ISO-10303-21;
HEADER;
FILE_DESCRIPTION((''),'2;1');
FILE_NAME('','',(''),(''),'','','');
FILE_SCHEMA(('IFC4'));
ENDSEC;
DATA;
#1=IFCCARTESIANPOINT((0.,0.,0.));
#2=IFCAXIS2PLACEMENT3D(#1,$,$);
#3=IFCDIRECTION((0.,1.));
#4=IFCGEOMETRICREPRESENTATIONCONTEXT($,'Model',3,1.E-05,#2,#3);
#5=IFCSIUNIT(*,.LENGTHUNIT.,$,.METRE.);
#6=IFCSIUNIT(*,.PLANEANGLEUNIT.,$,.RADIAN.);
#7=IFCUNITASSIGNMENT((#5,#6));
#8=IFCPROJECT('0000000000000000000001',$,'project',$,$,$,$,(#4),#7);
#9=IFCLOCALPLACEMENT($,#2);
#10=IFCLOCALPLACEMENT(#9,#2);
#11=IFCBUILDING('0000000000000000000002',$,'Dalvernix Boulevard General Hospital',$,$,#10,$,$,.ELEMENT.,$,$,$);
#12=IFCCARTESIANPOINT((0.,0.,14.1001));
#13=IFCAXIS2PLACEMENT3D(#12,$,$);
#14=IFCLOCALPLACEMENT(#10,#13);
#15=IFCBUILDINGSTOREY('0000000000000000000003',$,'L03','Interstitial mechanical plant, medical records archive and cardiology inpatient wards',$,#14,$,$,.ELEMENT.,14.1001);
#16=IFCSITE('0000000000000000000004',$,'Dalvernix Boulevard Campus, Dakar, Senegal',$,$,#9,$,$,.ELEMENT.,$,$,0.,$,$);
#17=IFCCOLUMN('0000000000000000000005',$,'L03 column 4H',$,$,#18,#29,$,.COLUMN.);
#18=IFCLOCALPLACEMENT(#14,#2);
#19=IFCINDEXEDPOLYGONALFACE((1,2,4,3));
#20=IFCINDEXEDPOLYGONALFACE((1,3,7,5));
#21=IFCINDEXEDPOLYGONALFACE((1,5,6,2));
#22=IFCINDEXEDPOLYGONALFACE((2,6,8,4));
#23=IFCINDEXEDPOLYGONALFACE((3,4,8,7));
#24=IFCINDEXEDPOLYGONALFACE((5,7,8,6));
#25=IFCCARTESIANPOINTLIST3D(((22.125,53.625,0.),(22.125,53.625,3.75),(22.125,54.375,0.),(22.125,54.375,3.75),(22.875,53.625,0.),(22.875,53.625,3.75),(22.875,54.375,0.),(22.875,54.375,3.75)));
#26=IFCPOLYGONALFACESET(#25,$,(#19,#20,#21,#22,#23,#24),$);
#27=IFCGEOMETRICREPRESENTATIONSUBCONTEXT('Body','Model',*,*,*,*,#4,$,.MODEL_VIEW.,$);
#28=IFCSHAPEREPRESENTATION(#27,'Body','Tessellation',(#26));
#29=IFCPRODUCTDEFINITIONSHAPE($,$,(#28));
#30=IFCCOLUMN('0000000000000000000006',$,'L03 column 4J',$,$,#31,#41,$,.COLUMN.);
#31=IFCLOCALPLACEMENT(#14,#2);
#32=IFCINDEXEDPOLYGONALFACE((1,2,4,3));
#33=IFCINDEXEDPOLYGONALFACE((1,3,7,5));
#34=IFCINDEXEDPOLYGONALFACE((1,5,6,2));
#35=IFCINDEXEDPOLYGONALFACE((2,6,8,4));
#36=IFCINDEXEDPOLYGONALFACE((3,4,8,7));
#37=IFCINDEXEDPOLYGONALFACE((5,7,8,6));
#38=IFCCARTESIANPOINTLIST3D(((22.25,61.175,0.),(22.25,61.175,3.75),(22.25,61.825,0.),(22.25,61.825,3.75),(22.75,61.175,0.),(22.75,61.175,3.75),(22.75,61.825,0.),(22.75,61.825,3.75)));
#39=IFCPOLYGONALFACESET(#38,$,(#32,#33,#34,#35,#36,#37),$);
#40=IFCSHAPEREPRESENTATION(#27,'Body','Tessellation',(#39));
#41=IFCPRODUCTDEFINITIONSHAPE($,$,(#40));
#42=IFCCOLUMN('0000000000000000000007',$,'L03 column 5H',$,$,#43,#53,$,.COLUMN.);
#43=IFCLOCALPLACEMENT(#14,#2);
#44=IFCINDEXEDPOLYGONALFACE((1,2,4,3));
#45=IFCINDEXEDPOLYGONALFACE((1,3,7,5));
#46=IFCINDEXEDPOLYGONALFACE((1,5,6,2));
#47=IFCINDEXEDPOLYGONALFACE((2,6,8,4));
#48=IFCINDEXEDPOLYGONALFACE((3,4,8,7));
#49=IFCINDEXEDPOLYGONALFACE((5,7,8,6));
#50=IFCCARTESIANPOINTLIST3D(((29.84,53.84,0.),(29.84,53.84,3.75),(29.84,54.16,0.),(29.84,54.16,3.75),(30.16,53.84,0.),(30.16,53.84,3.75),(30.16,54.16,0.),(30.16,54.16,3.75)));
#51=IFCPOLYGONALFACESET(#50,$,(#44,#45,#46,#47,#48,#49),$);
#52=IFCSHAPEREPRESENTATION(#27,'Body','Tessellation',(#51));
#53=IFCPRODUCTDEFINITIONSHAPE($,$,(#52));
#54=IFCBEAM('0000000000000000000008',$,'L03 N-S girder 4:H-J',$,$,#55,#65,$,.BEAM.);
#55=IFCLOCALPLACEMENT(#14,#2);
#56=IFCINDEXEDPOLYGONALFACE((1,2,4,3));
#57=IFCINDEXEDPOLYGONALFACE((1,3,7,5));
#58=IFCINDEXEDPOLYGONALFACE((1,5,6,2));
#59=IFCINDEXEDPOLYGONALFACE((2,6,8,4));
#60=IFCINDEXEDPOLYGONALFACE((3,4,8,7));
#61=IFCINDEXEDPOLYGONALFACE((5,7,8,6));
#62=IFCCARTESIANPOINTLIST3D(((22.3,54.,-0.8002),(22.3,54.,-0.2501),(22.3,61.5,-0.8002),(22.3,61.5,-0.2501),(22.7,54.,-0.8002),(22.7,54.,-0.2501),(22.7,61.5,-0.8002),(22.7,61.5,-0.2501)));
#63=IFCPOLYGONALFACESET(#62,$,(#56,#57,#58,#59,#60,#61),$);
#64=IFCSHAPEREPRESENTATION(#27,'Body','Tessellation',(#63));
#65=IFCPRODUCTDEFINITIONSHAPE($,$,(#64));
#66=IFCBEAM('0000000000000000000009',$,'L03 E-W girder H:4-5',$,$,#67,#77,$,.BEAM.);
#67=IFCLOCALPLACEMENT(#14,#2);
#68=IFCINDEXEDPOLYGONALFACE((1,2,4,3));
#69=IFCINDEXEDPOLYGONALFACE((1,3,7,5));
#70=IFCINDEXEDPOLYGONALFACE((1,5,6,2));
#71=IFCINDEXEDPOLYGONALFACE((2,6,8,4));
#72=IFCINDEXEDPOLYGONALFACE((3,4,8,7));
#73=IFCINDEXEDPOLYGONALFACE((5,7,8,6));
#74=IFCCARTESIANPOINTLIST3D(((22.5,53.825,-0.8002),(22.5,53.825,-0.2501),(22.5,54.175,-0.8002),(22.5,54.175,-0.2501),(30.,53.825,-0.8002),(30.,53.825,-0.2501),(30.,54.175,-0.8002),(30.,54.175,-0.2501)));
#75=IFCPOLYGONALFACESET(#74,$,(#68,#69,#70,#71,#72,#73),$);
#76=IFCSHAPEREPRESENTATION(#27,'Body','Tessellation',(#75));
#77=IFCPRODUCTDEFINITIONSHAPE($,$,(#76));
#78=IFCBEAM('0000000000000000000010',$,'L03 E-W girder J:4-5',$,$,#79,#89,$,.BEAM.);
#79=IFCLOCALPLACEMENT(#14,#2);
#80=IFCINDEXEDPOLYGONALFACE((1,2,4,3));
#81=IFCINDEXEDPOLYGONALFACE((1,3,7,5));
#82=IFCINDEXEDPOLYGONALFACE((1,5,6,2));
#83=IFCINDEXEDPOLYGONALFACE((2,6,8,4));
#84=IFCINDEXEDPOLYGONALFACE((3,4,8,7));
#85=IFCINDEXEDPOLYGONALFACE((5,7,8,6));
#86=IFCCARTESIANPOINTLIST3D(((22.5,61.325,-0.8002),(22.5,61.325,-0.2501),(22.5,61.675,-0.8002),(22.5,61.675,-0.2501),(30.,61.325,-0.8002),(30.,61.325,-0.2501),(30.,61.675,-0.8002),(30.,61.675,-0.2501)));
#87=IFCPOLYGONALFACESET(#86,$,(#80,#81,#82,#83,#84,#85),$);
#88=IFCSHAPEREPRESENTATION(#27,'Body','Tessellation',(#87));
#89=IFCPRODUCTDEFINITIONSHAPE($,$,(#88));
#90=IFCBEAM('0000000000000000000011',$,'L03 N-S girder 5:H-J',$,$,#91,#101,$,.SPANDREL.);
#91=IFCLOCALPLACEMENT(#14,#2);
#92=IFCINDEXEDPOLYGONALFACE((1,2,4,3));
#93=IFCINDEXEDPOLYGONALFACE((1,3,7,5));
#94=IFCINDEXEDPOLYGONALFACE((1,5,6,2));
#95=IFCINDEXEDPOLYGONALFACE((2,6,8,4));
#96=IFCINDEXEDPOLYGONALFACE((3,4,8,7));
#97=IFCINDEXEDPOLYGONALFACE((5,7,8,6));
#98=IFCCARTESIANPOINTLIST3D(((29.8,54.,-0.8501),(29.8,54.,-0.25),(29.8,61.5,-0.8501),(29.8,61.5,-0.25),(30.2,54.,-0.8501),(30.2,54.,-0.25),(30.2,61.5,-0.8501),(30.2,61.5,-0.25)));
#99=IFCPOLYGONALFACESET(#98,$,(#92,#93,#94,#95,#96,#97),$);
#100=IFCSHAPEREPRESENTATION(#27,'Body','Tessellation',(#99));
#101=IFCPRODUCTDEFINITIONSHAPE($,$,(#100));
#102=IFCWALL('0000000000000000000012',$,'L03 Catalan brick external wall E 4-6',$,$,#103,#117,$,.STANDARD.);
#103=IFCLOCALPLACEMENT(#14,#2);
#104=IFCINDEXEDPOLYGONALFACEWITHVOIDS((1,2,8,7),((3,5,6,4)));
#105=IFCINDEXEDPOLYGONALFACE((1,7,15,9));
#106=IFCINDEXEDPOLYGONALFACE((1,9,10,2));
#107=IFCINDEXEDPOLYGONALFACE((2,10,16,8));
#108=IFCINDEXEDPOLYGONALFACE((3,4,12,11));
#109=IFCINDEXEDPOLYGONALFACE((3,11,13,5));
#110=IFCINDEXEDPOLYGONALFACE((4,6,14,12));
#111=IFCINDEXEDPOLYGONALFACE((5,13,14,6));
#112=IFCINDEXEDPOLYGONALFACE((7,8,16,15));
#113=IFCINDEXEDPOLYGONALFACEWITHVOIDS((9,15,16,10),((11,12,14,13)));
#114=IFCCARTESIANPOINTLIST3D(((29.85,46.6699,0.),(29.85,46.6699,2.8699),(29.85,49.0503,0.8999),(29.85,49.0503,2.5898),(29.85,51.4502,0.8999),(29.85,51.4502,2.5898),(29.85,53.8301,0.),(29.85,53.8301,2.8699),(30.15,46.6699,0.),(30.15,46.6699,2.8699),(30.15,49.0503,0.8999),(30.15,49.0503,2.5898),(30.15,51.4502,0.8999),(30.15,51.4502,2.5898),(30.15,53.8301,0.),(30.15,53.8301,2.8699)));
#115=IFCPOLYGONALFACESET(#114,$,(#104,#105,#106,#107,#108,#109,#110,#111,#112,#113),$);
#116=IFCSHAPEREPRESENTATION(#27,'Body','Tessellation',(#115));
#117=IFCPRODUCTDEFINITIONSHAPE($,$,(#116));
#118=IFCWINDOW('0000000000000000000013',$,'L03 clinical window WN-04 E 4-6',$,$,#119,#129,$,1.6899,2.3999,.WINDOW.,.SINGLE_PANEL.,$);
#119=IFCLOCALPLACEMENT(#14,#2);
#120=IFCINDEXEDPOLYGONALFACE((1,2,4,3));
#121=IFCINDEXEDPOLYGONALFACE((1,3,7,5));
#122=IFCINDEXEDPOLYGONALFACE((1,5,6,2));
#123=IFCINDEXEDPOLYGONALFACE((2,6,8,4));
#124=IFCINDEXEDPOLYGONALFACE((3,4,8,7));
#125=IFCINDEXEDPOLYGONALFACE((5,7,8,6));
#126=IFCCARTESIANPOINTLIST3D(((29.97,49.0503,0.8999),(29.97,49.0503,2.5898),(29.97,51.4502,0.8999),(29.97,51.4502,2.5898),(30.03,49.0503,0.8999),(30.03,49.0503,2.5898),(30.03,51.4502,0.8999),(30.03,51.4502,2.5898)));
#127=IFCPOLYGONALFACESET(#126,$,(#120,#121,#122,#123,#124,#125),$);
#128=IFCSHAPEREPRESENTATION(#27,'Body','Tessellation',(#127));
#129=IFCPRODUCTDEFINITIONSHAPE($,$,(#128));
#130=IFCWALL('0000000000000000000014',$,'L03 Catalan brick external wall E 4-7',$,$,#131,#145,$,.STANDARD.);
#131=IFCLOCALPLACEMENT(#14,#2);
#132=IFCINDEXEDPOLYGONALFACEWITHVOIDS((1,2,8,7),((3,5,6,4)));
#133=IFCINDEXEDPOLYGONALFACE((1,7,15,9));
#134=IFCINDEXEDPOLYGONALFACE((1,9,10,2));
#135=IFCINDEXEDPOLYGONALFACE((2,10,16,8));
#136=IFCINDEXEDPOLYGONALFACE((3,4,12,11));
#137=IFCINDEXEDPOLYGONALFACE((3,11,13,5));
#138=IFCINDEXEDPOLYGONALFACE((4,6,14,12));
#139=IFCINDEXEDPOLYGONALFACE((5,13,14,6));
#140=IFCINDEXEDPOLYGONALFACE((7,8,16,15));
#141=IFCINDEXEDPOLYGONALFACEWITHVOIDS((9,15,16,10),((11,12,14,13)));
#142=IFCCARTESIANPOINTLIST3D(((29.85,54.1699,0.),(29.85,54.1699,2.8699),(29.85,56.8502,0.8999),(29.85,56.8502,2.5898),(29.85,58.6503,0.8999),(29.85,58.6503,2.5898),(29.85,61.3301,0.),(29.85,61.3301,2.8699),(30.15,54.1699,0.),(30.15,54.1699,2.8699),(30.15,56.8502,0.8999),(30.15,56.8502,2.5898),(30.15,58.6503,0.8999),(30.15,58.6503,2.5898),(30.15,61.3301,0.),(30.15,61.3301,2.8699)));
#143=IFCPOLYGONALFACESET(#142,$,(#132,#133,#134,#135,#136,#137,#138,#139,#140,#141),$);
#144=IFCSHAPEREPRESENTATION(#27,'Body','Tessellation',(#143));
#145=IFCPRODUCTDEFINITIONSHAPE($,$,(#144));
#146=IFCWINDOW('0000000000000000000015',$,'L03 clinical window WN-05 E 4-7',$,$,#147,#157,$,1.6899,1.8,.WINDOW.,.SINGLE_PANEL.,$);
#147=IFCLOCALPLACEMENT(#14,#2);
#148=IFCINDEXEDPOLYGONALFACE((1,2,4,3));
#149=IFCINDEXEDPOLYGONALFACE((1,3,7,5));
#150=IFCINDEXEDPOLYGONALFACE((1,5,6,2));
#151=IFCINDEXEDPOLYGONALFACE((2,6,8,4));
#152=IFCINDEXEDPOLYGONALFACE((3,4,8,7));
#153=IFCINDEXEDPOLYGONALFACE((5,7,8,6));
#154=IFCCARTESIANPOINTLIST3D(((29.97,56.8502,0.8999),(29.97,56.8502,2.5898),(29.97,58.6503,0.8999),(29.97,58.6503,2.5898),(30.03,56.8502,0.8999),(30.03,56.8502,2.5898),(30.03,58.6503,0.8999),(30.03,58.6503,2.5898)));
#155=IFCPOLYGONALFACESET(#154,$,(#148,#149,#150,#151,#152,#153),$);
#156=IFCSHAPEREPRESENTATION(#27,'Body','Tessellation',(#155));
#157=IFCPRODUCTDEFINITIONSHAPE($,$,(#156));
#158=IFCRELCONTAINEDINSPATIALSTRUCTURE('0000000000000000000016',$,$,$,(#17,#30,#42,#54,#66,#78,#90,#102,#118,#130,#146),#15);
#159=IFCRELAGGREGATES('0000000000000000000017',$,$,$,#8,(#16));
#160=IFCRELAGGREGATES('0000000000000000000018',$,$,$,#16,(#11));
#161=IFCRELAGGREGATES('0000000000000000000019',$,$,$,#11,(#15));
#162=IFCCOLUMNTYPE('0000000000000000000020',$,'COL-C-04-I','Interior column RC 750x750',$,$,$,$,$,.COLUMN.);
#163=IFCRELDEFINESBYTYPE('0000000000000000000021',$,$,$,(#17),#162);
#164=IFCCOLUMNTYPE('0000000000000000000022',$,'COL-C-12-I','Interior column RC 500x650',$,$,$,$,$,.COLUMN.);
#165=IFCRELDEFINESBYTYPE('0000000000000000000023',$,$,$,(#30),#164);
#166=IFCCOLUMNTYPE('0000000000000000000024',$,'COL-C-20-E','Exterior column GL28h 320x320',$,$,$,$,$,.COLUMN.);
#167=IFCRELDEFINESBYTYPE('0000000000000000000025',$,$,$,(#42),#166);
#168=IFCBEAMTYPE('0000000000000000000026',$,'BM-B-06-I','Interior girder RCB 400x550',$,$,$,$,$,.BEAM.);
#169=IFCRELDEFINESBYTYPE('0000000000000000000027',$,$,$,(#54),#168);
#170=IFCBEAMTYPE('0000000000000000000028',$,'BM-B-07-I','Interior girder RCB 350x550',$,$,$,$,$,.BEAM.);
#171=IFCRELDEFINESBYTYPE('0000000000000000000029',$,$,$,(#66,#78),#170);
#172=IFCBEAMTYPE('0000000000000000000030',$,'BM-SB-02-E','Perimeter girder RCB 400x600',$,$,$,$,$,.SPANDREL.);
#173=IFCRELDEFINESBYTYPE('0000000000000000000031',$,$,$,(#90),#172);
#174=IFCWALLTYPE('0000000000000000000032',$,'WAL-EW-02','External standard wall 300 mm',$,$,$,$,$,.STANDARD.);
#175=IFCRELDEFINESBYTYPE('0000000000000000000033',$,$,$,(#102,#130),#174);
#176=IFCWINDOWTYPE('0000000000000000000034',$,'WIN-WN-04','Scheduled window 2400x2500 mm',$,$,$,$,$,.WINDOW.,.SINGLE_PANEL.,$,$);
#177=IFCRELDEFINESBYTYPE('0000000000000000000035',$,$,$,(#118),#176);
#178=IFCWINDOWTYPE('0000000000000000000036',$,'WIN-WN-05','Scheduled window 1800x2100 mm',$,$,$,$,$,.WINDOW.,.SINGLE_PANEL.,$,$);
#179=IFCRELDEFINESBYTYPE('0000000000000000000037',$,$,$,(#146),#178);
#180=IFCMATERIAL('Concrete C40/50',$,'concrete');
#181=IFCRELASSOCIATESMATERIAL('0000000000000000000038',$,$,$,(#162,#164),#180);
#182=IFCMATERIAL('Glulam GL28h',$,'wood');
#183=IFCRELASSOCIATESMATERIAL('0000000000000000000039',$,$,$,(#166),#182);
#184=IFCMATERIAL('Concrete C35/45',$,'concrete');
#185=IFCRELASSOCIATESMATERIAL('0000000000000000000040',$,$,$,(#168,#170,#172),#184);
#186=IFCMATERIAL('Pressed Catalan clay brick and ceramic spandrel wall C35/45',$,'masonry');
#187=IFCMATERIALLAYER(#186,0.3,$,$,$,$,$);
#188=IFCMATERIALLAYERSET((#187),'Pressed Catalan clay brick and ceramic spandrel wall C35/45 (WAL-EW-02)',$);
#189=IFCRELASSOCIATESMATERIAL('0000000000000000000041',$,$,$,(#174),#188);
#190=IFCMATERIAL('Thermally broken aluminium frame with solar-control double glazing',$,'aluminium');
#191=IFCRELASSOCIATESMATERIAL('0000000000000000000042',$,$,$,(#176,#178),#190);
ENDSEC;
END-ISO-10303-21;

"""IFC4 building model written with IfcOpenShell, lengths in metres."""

from ifc_helpers import new_model, si_unit, direction, frame, frame_2d, origin, origin_2d, place, context, subcontext, project, spatial, rectangle, extrude, material, layer, layer_set, material_profile, profile_set, type_object, element, fill, save


model = new_model("IFC4")

# Units and contexts
model_context = context("Model", 3, precision=1e-05, world=origin(), true_north=direction((0.0, 1.0)))
body_context = subcontext(model_context, "Body", "Model", "MODEL_VIEW")
ifc_project = project(units=[si_unit("LENGTHUNIT", "METRE"), si_unit("PLANEANGLEUNIT", "RADIAN")], contexts=[model_context])

# Site, building, storey
site_placement = place(None, origin())
site = spatial("IfcSite", under=ifc_project, at=site_placement, Name="Dalvernix Boulevard Campus, Dakar, Senegal", CompositionType="ELEMENT", RefElevation=0.0)
building_placement = place(site_placement, origin())
building = spatial("IfcBuilding", under=site, at=building_placement, Name="Dalvernix Boulevard General Hospital", CompositionType="ELEMENT")
storey_placement = place(building_placement, frame((0.0, 0.0, 14.1001)))
storey = spatial("IfcBuildingStorey", under=building, at=storey_placement, Name="L03", Description="Interstitial mechanical plant, medical records archive and cardiology inpatient wards", CompositionType="ELEMENT", Elevation=14.1001)

# Columns
ifc_material_1 = material(Name="Concrete C40/50", Category="concrete")
ifc_material_profile_1 = material_profile(ifc_material_1, rectangle(XDim=0.75, YDim=0.75, at=origin_2d()), Name="RC 750x750")
ifc_profile_set_1 = profile_set([ifc_material_profile_1], Name="Concrete C40/50")
column_type_1 = type_object("IfcColumnType", Name="COL-C-04-I", Description="Interior column RC 750x750", PredefinedType="COLUMN", material=ifc_profile_set_1)
column_1_placement = place(storey_placement, frame((22.5, 54.0, 0.0), z_axis=(0.0, 0.0, 1.0), x_axis=(1.0, 0.0, 0.0)))
element("IfcColumn", 1, at=column_1_placement, inside=storey, type_object=column_type_1, Name="L03 column 4H", PredefinedType="COLUMN", context=body_context, shape_type="SweptSolid", body=[
    extrude(rectangle(XDim=0.75, YDim=0.75, at=origin_2d()), origin(), (0.0, 0.0, 1.0), 3.75),
])
ifc_material_profile_2 = material_profile(ifc_material_1, rectangle(XDim=0.5, YDim=0.6499, at=origin_2d()), Name="RC 500x650")
ifc_profile_set_2 = profile_set([ifc_material_profile_2], Name="Concrete C40/50")
column_type_2 = type_object("IfcColumnType", Name="COL-C-12-I", Description="Interior column RC 500x650", PredefinedType="COLUMN", material=ifc_profile_set_2)
column_2_placement = place(storey_placement, frame((22.5, 61.5, 0.0), z_axis=(0.0, 0.0, 1.0), x_axis=(1.0, 0.0, 0.0)))
element("IfcColumn", 2, at=column_2_placement, inside=storey, type_object=column_type_2, Name="L03 column 4J", PredefinedType="COLUMN", context=body_context, shape_type="SweptSolid", body=[
    extrude(rectangle(XDim=0.5, YDim=0.6499, at=origin_2d()), origin(), (0.0, 0.0, 1.0), 3.75),
])
ifc_material_2 = material(Name="Glulam GL28h", Category="wood")
ifc_material_profile_3 = material_profile(ifc_material_2, rectangle(XDim=0.3201, YDim=0.3201, at=origin_2d()), Name="GL28h 320x320")
ifc_profile_set_3 = profile_set([ifc_material_profile_3], Name="Glulam GL28h")
column_type_3 = type_object("IfcColumnType", Name="COL-C-20-E", Description="Exterior column GL28h 320x320", PredefinedType="COLUMN", material=ifc_profile_set_3)
column_3_placement = place(storey_placement, frame((30.0, 54.0, 0.0), z_axis=(0.0, 0.0, 1.0), x_axis=(1.0, 0.0, 0.0)))
element("IfcColumn", 3, at=column_3_placement, inside=storey, type_object=column_type_3, Name="L03 column 5H", PredefinedType="COLUMN", context=body_context, shape_type="SweptSolid", body=[
    extrude(rectangle(XDim=0.3201, YDim=0.3201, at=origin_2d()), origin(), (0.0, 0.0, 1.0), 3.75),
])

# Beams
ifc_material_3 = material(Name="Concrete C35/45", Category="concrete")
ifc_material_profile_4 = material_profile(ifc_material_3, rectangle(XDim=0.3999, YDim=0.55, at=origin_2d()), Name="RCB 400x550")
ifc_profile_set_4 = profile_set([ifc_material_profile_4], Name="Concrete C35/45")
beam_type_1 = type_object("IfcBeamType", Name="BM-B-06-I", Description="Interior girder RCB 400x550", PredefinedType="BEAM", material=ifc_profile_set_4)
beam_1_placement = place(storey_placement, frame((22.5, 54.0, -0.5251), z_axis=(0.0, 1.0, 0.0), x_axis=(-1.0, 0.0, 0.0)))
element("IfcBeam", 4, at=beam_1_placement, inside=storey, type_object=beam_type_1, Name="L03 N-S girder 4:H-J", PredefinedType="BEAM", context=body_context, shape_type="SweptSolid", body=[
    extrude(rectangle(XDim=0.3999, YDim=0.55, at=origin_2d()), origin(), (0.0, 0.0, 1.0), 7.5),
])
ifc_material_profile_5 = material_profile(ifc_material_3, rectangle(XDim=0.3501, YDim=0.55, at=origin_2d()), Name="RCB 350x550")
ifc_profile_set_5 = profile_set([ifc_material_profile_5], Name="Concrete C35/45")
beam_type_2 = type_object("IfcBeamType", Name="BM-B-07-I", Description="Interior girder RCB 350x550", PredefinedType="BEAM", material=ifc_profile_set_5)
for number, where, z_axis, x_axis, name in (
    (5, (22.5, 54.0, -0.5251), (1.0, 0.0, 0.0), (0.0, 1.0, 0.0), "L03 E-W girder H:4-5"),
    (6, (22.5, 61.5, -0.5251), (1.0, 0.0, 0.0), (0.0, 1.0, 0.0), "L03 E-W girder J:4-5"),
):
    element("IfcBeam", number, at=place(storey_placement, frame(where, z_axis=z_axis, x_axis=x_axis)), inside=storey, type_object=beam_type_2, Name=name, PredefinedType="BEAM", context=body_context, shape_type="SweptSolid", body=[
        extrude(rectangle(XDim=0.3501, YDim=0.55, at=origin_2d()), origin(), (0.0, 0.0, 1.0), 7.5),
    ])
ifc_material_profile_6 = material_profile(ifc_material_3, rectangle(XDim=0.3999, YDim=0.6001, at=origin_2d()), Name="RCB 400x600")
ifc_profile_set_6 = profile_set([ifc_material_profile_6], Name="Concrete C35/45")
beam_type_3 = type_object("IfcBeamType", Name="BM-SB-02-E", Description="Perimeter girder RCB 400x600", PredefinedType="SPANDREL", material=ifc_profile_set_6)
beam_2_placement = place(storey_placement, frame((30.0, 54.0, -0.55), z_axis=(0.0, 1.0, 0.0), x_axis=(-1.0, 0.0, 0.0)))
element("IfcBeam", 7, at=beam_2_placement, inside=storey, type_object=beam_type_3, Name="L03 N-S girder 5:H-J", PredefinedType="SPANDREL", context=body_context, shape_type="SweptSolid", body=[
    extrude(rectangle(XDim=0.3999, YDim=0.6001, at=origin_2d()), origin(), (0.0, 0.0, 1.0), 7.5),
])

# Walls, openings, windows
ifc_material_4 = material(Name="Pressed Catalan clay brick and ceramic spandrel wall C35/45", Category="masonry")
ifc_layer_1 = layer(ifc_material_4, 0.3)
ifc_layer_set_1 = layer_set([ifc_layer_1], Name="Pressed Catalan clay brick and ceramic spandrel wall C35/45 (WAL-EW-02)")
wall_type_1 = type_object("IfcWallType", Name="WAL-EW-02", Description="External standard wall 300 mm", PredefinedType="STANDARD", material=ifc_layer_set_1)
wall_1_placement = place(storey_placement, frame((30.0, 53.8301, 0.0), z_axis=(0.0, 0.0, 1.0), x_axis=(0.0, -1.0, 0.0)))
wall_1 = element("IfcWall", 8, at=wall_1_placement, inside=storey, type_object=wall_type_1, Name="L03 Catalan brick external wall E 4-6", PredefinedType="STANDARD", context=body_context, shape_type="SweptSolid", body=[
    extrude(rectangle(XDim=7.1602, YDim=0.3, at=frame_2d((3.5801, 0.0))), origin(), (0.0, 0.0, 1.0), 2.8699),
])
opening_1_placement = place(wall_1_placement, frame((2.3799, 0.0, 0.8999)))
opening_1 = element("IfcOpeningElement", 9, at=opening_1_placement, cuts=wall_1, PredefinedType="OPENING", context=body_context, shape_type="SweptSolid", body=[
    extrude(rectangle(XDim=2.3999, YDim=1.6899, at=frame_2d((1.2, 0.845))), frame((0.0, 0.1599, 0.0), z_axis=(0.0, -1.0, 0.0), x_axis=(1.0, 0.0, 0.0)), (0.0, 0.0, 1.0), 0.3201),
])
ifc_material_5 = material(Name="Thermally broken aluminium frame with solar-control double glazing", Category="aluminium")
window_type_1 = type_object("IfcWindowType", Name="WIN-WN-04", Description="Scheduled window 2400x2500 mm", PartitioningType="SINGLE_PANEL", PredefinedType="WINDOW", material=ifc_material_5)
window_1_placement = place(opening_1_placement, origin())
window_1 = element("IfcWindow", 10, at=window_1_placement, inside=storey, type_object=window_type_1, Name="L03 clinical window WN-04 E 4-6", OverallHeight=1.6899, OverallWidth=2.3999, PartitioningType="SINGLE_PANEL", PredefinedType="WINDOW", context=body_context, shape_type="SweptSolid", body=[
    extrude(rectangle(XDim=2.3999, YDim=1.6899, at=frame_2d((1.2, 0.845))), frame((0.0, 0.03, 0.0), z_axis=(0.0, -1.0, 0.0), x_axis=(1.0, 0.0, 0.0)), (0.0, 0.0, 1.0), 0.0601),
])
fill(opening_1, window_1)
wall_2_placement = place(storey_placement, frame((30.0, 61.3301, 0.0), z_axis=(0.0, 0.0, 1.0), x_axis=(0.0, -1.0, 0.0)))
wall_2 = element("IfcWall", 11, at=wall_2_placement, inside=storey, type_object=wall_type_1, Name="L03 Catalan brick external wall E 4-7", PredefinedType="STANDARD", context=body_context, shape_type="SweptSolid", body=[
    extrude(rectangle(XDim=7.1602, YDim=0.3, at=frame_2d((3.5801, 0.0))), origin(), (0.0, 0.0, 1.0), 2.8699),
])
opening_2_placement = place(wall_2_placement, frame((2.6799, 0.0, 0.8999)))
opening_2 = element("IfcOpeningElement", 12, at=opening_2_placement, cuts=wall_2, PredefinedType="OPENING", context=body_context, shape_type="SweptSolid", body=[
    extrude(rectangle(XDim=1.8, YDim=1.6899, at=frame_2d((0.8999, 0.845))), frame((0.0, 0.1599, 0.0), z_axis=(0.0, -1.0, 0.0), x_axis=(1.0, 0.0, 0.0)), (0.0, 0.0, 1.0), 0.3201),
])
window_type_2 = type_object("IfcWindowType", Name="WIN-WN-05", Description="Scheduled window 1800x2100 mm", PartitioningType="SINGLE_PANEL", PredefinedType="WINDOW", material=ifc_material_5)
window_2_placement = place(opening_2_placement, origin())
window_2 = element("IfcWindow", 13, at=window_2_placement, inside=storey, type_object=window_type_2, Name="L03 clinical window WN-05 E 4-7", OverallHeight=1.6899, OverallWidth=1.8, PartitioningType="SINGLE_PANEL", PredefinedType="WINDOW", context=body_context, shape_type="SweptSolid", body=[
    extrude(rectangle(XDim=1.8, YDim=1.6899, at=frame_2d((0.8999, 0.845))), frame((0.0, 0.03, 0.0), z_axis=(0.0, -1.0, 0.0), x_axis=(1.0, 0.0, 0.0)), (0.0, 0.0, 1.0), 0.0601),
])
fill(opening_2, window_2)

save(model, "model.ifc")
